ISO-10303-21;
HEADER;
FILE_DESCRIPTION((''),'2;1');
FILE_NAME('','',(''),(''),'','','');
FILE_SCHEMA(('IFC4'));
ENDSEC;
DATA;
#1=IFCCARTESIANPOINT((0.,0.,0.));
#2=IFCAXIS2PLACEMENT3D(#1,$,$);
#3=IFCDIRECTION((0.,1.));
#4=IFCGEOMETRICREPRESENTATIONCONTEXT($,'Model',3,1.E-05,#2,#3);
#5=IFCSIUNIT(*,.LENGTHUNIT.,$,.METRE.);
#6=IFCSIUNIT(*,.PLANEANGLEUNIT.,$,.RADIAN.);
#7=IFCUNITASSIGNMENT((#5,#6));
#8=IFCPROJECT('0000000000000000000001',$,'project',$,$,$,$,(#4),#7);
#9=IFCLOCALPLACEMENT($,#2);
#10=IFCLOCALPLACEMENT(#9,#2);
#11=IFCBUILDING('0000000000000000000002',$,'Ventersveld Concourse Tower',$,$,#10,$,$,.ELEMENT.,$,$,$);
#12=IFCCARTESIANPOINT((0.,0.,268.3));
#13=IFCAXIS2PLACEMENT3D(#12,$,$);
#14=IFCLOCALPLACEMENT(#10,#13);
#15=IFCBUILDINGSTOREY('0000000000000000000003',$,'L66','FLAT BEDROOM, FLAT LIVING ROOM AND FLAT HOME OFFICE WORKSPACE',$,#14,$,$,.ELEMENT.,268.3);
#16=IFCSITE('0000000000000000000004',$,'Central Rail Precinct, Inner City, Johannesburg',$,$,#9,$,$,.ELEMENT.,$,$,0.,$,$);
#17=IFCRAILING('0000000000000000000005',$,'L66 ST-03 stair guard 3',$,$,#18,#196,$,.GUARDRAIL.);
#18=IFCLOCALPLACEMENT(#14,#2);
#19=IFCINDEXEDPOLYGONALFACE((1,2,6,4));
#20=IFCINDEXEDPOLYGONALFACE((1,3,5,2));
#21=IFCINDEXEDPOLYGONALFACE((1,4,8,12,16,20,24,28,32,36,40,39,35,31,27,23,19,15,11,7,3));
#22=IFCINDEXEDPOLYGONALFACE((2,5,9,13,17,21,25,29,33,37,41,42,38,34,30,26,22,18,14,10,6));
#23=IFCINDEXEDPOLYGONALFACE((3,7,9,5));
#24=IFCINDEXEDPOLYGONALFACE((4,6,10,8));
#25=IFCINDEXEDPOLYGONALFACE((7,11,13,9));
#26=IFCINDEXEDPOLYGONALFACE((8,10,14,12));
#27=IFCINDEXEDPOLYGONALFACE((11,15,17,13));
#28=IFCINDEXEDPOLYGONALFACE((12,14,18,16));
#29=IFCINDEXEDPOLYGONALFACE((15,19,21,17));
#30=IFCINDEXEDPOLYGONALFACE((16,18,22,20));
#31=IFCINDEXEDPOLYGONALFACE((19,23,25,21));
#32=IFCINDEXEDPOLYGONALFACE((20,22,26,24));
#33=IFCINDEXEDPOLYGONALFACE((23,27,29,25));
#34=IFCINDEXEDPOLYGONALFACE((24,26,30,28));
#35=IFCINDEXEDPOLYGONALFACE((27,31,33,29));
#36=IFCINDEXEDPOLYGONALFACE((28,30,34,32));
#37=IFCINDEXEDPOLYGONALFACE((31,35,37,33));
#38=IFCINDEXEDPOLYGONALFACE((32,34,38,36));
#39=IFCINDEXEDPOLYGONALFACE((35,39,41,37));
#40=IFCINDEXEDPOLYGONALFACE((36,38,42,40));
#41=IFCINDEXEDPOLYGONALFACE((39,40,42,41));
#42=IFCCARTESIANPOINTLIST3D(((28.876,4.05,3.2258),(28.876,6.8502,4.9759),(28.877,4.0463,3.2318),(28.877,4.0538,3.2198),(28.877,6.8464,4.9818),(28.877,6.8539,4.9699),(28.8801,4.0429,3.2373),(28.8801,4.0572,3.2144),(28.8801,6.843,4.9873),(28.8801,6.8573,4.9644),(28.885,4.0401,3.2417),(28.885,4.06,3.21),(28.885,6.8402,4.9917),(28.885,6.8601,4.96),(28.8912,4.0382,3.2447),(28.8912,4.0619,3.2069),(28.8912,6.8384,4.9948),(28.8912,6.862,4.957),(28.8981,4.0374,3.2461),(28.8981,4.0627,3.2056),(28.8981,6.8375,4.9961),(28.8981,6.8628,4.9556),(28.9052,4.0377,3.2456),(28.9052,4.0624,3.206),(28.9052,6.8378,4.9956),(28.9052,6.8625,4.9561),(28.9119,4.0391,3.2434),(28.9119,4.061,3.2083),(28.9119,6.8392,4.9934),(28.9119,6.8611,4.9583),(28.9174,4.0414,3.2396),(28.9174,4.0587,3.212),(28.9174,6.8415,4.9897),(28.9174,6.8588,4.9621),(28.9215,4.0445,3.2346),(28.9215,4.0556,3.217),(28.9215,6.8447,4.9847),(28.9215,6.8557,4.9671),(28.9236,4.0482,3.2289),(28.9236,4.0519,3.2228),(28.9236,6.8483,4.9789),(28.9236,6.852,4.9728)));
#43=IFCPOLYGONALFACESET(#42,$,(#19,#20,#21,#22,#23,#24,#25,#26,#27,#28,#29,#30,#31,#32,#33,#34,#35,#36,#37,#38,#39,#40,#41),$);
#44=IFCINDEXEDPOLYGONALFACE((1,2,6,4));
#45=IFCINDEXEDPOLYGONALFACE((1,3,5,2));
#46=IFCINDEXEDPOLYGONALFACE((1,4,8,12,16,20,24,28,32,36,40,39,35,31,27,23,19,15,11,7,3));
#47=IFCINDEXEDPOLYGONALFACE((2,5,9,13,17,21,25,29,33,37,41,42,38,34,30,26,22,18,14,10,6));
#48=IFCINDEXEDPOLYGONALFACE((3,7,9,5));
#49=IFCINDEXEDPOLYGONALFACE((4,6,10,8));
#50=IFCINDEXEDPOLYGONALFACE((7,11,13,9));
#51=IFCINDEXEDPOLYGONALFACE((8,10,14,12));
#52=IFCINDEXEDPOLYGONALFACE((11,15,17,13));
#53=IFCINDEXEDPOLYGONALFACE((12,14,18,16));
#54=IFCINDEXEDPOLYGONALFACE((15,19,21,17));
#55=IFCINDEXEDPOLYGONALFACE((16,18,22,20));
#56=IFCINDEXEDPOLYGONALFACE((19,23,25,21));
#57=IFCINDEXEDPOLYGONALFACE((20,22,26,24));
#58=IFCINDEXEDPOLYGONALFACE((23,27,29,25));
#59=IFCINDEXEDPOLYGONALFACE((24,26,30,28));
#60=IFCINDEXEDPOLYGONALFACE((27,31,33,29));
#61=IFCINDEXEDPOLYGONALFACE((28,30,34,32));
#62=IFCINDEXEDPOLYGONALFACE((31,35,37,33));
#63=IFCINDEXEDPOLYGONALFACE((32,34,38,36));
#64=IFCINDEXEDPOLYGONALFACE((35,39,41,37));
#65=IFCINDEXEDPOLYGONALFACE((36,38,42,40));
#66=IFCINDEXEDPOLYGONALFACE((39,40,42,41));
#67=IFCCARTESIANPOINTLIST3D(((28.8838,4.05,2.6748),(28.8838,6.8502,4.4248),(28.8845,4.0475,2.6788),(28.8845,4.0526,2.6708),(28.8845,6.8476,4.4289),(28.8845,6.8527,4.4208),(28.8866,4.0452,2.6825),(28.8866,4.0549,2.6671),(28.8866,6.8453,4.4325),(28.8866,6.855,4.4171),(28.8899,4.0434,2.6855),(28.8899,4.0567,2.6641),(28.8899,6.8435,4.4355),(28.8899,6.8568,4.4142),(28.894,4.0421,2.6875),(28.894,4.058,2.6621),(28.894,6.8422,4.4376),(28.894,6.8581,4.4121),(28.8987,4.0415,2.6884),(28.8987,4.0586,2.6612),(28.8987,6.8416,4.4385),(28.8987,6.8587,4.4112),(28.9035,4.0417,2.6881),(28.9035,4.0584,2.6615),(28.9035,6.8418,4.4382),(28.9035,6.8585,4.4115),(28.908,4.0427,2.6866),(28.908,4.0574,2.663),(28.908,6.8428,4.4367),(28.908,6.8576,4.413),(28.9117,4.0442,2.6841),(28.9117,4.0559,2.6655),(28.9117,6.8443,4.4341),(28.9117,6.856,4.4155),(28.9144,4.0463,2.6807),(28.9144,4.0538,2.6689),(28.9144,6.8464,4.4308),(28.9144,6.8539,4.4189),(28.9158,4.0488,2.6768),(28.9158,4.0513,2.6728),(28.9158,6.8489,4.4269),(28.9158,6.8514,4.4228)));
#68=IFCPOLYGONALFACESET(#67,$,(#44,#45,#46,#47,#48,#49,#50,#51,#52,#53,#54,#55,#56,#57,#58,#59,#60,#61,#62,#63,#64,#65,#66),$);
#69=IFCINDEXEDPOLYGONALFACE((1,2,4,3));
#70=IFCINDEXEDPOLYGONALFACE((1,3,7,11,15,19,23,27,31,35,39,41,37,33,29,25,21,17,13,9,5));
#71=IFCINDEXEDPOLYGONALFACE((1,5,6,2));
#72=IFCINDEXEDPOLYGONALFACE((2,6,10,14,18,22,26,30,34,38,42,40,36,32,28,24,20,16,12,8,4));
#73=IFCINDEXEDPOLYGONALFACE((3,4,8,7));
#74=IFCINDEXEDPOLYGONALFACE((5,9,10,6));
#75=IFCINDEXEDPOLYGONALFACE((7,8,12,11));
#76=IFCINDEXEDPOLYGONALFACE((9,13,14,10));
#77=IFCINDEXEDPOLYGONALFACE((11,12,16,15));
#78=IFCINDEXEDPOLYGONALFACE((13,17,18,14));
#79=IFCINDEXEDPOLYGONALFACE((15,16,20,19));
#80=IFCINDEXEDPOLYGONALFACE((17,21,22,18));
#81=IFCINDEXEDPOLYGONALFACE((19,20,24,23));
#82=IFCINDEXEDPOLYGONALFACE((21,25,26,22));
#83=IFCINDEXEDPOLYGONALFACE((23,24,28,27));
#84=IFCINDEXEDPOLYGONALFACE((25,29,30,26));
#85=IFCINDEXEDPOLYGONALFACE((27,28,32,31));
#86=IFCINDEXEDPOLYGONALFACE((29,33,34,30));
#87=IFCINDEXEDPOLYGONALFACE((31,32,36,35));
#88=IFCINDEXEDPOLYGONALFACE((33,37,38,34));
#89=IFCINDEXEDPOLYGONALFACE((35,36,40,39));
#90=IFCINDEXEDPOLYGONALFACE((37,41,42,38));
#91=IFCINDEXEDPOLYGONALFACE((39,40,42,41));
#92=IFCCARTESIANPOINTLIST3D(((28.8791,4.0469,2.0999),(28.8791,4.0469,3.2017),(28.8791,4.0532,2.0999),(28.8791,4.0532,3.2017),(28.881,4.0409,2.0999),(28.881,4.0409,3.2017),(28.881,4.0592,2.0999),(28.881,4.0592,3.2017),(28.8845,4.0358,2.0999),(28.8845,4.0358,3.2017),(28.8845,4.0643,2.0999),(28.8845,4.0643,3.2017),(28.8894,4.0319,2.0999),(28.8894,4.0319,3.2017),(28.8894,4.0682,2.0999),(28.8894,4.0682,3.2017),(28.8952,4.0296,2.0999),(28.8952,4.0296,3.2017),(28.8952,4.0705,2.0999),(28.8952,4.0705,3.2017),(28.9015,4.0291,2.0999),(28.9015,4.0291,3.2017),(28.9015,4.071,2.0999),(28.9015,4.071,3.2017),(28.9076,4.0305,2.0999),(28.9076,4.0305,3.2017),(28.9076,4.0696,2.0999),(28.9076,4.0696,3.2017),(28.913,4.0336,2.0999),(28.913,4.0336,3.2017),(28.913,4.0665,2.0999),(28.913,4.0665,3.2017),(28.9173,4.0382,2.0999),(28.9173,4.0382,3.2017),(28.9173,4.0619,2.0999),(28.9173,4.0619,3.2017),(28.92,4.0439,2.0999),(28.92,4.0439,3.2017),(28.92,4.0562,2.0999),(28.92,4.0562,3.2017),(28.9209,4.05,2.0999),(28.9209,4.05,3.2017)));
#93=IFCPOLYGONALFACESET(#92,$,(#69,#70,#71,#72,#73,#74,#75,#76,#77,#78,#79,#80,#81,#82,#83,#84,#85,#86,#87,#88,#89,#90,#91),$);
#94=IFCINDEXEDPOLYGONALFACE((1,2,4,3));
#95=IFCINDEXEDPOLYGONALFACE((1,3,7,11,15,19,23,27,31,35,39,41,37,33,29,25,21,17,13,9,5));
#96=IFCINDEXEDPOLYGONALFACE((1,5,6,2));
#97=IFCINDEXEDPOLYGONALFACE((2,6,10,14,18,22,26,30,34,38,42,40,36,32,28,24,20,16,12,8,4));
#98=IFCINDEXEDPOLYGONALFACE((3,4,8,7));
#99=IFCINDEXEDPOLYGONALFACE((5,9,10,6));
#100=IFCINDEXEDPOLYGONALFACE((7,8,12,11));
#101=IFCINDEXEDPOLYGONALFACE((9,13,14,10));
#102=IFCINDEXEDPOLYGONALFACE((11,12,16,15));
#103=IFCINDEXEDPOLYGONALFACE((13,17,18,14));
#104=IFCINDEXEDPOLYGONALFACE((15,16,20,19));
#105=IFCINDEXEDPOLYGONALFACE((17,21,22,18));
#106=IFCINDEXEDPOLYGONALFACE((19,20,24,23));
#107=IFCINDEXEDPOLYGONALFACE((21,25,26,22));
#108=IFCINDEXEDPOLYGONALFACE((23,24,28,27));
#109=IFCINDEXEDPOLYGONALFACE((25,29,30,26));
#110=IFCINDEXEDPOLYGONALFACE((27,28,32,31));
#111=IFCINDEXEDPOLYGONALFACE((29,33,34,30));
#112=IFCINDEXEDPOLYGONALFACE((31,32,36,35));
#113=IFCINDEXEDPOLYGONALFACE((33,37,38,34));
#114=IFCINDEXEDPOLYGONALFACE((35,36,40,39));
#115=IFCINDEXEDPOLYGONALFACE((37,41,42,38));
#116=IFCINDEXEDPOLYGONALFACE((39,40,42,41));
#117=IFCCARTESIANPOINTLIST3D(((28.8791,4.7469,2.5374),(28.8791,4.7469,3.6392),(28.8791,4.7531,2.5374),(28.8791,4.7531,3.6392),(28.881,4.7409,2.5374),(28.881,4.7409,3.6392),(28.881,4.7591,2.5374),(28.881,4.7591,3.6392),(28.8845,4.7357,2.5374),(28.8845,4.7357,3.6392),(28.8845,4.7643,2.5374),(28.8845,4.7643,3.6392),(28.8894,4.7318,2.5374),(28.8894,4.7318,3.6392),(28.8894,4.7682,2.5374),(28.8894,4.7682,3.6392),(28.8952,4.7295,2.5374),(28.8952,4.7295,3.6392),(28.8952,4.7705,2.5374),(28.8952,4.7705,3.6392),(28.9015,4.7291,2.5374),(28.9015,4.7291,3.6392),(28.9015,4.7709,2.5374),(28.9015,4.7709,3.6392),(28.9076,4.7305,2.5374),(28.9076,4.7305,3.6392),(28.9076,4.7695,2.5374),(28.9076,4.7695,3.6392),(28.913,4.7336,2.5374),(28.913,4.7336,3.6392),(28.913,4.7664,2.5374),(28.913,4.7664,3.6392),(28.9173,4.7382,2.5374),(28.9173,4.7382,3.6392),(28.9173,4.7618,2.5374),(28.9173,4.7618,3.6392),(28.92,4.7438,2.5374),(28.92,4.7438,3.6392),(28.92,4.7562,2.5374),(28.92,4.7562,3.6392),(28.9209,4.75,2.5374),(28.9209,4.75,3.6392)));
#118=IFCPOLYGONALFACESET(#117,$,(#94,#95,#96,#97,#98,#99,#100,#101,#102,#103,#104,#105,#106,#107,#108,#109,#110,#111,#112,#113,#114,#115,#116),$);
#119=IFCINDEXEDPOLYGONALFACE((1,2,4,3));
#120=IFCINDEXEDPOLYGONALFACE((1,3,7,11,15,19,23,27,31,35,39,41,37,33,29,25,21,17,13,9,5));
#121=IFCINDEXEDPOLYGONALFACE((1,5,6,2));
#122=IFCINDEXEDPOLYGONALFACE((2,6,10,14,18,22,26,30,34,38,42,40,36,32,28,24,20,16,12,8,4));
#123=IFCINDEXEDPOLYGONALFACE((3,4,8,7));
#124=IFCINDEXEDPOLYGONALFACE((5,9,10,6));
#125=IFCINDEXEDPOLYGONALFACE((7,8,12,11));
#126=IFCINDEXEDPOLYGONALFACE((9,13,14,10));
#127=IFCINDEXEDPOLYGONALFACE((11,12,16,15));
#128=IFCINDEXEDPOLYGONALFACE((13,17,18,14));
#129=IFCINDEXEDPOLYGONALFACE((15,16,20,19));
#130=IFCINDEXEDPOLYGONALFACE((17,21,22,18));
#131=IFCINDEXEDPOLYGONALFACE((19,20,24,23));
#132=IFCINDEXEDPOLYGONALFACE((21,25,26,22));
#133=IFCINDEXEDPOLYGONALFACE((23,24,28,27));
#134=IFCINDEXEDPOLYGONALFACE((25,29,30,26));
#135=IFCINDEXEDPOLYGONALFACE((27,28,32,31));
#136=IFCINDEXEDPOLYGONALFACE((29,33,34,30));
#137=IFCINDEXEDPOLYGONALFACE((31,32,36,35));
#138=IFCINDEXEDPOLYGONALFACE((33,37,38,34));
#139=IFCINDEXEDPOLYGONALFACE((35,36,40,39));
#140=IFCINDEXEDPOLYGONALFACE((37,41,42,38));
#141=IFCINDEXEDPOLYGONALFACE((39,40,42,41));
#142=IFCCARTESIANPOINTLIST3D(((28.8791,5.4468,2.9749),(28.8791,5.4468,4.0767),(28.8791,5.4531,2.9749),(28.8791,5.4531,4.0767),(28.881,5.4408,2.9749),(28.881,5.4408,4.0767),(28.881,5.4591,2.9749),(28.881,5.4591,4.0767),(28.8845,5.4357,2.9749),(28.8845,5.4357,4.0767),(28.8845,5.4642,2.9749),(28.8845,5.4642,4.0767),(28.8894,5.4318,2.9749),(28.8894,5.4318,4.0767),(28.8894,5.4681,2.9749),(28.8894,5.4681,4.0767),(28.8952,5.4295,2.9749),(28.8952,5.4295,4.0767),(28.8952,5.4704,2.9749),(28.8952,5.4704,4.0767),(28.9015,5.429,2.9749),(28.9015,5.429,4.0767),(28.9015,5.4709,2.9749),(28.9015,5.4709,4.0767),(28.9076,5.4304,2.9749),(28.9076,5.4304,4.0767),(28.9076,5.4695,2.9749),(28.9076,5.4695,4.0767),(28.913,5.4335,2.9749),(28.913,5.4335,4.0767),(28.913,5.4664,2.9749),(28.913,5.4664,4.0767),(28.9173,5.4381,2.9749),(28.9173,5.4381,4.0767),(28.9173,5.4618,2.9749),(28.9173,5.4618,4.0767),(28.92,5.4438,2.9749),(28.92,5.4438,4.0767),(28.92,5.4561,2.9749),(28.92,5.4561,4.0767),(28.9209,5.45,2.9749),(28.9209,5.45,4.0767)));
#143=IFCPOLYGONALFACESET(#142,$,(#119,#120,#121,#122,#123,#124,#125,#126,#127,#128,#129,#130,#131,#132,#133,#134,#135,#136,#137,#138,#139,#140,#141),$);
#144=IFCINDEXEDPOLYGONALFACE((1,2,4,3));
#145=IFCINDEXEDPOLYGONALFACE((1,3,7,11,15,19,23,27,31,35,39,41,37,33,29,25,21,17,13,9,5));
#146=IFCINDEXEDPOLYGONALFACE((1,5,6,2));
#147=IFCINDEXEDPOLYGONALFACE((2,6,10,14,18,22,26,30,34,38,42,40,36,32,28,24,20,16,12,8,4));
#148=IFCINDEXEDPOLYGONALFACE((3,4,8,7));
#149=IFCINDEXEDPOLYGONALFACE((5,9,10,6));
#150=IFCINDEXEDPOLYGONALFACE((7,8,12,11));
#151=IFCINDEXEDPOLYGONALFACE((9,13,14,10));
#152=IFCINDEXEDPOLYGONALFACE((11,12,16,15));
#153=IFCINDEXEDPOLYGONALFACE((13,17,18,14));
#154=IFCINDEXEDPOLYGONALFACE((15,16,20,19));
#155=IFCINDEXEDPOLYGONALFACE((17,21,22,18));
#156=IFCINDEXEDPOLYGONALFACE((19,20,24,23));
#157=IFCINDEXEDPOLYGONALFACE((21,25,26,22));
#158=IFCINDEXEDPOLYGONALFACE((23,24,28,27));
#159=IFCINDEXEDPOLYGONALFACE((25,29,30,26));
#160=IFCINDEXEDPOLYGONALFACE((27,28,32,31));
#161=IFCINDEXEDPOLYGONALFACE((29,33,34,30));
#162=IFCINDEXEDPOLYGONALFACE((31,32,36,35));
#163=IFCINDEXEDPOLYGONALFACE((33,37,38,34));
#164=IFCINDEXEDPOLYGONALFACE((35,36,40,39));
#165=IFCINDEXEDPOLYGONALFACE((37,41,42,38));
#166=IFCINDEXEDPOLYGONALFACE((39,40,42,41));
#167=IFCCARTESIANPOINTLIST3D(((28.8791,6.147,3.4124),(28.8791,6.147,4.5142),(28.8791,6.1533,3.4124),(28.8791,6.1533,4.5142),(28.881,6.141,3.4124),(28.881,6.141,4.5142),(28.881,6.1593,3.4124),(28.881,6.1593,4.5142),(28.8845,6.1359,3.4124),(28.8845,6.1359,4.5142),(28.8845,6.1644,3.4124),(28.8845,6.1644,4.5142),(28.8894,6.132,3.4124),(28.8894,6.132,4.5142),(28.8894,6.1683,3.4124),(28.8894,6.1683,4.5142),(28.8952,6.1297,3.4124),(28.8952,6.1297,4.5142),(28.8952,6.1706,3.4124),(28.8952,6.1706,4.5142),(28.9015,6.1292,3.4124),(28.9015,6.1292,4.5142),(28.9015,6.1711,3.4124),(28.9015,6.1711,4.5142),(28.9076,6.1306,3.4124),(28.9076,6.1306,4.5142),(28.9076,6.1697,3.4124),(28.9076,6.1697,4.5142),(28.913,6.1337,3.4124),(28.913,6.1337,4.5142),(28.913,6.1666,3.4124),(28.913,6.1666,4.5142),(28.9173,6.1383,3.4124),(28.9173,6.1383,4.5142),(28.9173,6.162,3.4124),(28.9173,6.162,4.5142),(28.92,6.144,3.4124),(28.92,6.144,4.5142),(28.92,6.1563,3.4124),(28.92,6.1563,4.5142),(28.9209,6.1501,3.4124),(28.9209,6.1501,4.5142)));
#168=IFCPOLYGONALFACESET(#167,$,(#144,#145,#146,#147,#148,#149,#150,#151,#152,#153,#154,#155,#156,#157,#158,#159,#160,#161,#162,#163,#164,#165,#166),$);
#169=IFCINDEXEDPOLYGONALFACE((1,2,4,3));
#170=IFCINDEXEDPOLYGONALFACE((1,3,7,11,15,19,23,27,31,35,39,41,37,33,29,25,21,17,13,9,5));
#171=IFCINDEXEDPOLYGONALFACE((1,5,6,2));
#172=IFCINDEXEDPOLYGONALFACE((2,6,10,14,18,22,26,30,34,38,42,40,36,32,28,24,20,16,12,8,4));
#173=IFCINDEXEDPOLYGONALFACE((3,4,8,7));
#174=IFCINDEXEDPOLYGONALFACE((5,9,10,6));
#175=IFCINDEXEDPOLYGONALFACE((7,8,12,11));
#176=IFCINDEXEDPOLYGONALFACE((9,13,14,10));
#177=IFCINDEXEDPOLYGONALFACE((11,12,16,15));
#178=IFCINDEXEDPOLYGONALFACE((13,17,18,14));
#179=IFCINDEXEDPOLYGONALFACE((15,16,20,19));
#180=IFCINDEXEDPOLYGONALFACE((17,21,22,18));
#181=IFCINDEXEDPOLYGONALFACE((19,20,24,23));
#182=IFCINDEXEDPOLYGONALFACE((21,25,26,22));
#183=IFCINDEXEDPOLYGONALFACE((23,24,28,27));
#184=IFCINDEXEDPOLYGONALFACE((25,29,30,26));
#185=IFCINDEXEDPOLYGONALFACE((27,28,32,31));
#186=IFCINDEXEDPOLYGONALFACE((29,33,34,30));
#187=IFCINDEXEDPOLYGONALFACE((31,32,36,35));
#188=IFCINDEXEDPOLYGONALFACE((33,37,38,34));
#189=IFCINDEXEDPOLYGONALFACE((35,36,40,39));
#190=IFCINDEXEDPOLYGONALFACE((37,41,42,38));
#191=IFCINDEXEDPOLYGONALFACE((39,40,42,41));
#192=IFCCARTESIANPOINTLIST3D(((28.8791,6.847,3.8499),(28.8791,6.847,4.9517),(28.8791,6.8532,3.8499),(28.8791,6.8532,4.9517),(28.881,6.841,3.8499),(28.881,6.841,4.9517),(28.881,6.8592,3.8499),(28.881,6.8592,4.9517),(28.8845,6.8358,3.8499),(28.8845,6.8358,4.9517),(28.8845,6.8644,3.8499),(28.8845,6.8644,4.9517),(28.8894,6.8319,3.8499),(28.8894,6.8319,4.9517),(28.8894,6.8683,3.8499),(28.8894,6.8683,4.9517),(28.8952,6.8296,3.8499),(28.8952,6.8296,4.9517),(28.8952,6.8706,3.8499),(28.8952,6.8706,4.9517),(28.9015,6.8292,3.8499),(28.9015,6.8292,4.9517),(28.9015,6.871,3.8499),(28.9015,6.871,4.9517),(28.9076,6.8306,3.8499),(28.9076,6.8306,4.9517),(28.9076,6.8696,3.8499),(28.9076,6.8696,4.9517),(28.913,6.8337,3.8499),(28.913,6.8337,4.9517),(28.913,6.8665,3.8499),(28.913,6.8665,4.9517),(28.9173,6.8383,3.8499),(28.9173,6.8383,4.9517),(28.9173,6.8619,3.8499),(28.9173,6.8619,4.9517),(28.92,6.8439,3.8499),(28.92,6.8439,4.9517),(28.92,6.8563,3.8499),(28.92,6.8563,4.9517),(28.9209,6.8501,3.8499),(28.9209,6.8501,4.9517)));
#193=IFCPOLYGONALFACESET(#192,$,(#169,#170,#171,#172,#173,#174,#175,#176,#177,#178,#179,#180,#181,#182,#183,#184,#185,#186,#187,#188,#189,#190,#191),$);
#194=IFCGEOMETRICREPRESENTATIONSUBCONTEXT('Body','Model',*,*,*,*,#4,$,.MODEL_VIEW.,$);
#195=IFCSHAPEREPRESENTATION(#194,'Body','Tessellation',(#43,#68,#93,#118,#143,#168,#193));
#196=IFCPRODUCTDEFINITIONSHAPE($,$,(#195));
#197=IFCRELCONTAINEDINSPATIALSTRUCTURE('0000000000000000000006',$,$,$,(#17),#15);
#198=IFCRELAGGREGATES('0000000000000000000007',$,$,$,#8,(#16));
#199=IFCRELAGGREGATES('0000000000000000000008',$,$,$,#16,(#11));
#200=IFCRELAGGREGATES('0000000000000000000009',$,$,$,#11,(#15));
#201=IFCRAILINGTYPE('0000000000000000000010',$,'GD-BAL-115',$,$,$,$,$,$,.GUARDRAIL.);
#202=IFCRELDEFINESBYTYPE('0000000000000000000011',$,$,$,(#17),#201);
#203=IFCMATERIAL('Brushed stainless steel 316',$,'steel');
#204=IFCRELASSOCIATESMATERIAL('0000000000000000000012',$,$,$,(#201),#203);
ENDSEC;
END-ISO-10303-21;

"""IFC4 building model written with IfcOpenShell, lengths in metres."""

from ifc_helpers import new_model, si_unit, direction, frame, origin, origin_2d, place, context, subcontext, project, spatial, circle, extrude, material, type_object, element, save


model = new_model("IFC4")

# Units and contexts
model_context = context("Model", 3, precision=1e-05, world=origin(), true_north=direction((0.0, 1.0)))
body_context = subcontext(model_context, "Body", "Model", "MODEL_VIEW")
ifc_project = project(units=[si_unit("LENGTHUNIT", "METRE"), si_unit("PLANEANGLEUNIT", "RADIAN")], contexts=[model_context])

# Site, building, storey
site_placement = place(None, origin())
site = spatial("IfcSite", under=ifc_project, at=site_placement, Name="Central Rail Precinct, Inner City, Johannesburg", CompositionType="ELEMENT", RefElevation=0.0)
building_placement = place(site_placement, origin())
building = spatial("IfcBuilding", under=site, at=building_placement, Name="Ventersveld Concourse Tower", CompositionType="ELEMENT")
storey_placement = place(building_placement, frame((0.0, 0.0, 268.3)))
storey = spatial("IfcBuildingStorey", under=building, at=storey_placement, Name="L66", Description="FLAT BEDROOM, FLAT LIVING ROOM AND FLAT HOME OFFICE WORKSPACE", CompositionType="ELEMENT", Elevation=268.3)

# Railing
ifc_material_1 = material(Name="Brushed stainless steel 316", Category="steel")
railing_type_1 = type_object("IfcRailingType", Name="GD-BAL-115", PredefinedType="GUARDRAIL", material=ifc_material_1)
railing_1_placement = place(storey_placement, frame((28.8999, 4.05, 2.0999)))
element("IfcRailing", 1, at=railing_1_placement, inside=storey, type_object=railing_type_1, Name="L66 ST-03 stair guard 3", PredefinedType="GUARDRAIL", context=body_context, shape_type="SweptSolid", body=[
    extrude(circle(Radius=0.0239, at=origin_2d()), frame((0.0, 0.0, 1.126), z_axis=(0.0, 0.848002, 0.529992), x_axis=(-1.0, 0.0, 0.0)), (0.0, 0.0, 1.0), 3.302),
    extrude(circle(Radius=0.0161, at=origin_2d()), frame((0.0, 0.0, 0.575), z_axis=(0.0, 0.848002, 0.529992), x_axis=(-1.0, 0.0, 0.0)), (0.0, 0.0, 1.0), 3.302),
    extrude(circle(Radius=0.021, at=origin_2d()), origin(), (0.0, 0.0, 1.0), 1.1018),
    extrude(circle(Radius=0.021, at=origin_2d()), frame((0.0, 0.7, 0.4375)), (0.0, 0.0, 1.0), 1.1018),
    extrude(circle(Radius=0.021, at=origin_2d()), frame((0.0, 1.3999, 0.875)), (0.0, 0.0, 1.0), 1.1018),
    extrude(circle(Radius=0.021, at=origin_2d()), frame((0.0, 2.1001, 1.3125)), (0.0, 0.0, 1.0), 1.1018),
    extrude(circle(Radius=0.021, at=origin_2d()), frame((0.0, 2.8, 1.75)), (0.0, 0.0, 1.0), 1.1018),
])

save(model, "model.ifc")
